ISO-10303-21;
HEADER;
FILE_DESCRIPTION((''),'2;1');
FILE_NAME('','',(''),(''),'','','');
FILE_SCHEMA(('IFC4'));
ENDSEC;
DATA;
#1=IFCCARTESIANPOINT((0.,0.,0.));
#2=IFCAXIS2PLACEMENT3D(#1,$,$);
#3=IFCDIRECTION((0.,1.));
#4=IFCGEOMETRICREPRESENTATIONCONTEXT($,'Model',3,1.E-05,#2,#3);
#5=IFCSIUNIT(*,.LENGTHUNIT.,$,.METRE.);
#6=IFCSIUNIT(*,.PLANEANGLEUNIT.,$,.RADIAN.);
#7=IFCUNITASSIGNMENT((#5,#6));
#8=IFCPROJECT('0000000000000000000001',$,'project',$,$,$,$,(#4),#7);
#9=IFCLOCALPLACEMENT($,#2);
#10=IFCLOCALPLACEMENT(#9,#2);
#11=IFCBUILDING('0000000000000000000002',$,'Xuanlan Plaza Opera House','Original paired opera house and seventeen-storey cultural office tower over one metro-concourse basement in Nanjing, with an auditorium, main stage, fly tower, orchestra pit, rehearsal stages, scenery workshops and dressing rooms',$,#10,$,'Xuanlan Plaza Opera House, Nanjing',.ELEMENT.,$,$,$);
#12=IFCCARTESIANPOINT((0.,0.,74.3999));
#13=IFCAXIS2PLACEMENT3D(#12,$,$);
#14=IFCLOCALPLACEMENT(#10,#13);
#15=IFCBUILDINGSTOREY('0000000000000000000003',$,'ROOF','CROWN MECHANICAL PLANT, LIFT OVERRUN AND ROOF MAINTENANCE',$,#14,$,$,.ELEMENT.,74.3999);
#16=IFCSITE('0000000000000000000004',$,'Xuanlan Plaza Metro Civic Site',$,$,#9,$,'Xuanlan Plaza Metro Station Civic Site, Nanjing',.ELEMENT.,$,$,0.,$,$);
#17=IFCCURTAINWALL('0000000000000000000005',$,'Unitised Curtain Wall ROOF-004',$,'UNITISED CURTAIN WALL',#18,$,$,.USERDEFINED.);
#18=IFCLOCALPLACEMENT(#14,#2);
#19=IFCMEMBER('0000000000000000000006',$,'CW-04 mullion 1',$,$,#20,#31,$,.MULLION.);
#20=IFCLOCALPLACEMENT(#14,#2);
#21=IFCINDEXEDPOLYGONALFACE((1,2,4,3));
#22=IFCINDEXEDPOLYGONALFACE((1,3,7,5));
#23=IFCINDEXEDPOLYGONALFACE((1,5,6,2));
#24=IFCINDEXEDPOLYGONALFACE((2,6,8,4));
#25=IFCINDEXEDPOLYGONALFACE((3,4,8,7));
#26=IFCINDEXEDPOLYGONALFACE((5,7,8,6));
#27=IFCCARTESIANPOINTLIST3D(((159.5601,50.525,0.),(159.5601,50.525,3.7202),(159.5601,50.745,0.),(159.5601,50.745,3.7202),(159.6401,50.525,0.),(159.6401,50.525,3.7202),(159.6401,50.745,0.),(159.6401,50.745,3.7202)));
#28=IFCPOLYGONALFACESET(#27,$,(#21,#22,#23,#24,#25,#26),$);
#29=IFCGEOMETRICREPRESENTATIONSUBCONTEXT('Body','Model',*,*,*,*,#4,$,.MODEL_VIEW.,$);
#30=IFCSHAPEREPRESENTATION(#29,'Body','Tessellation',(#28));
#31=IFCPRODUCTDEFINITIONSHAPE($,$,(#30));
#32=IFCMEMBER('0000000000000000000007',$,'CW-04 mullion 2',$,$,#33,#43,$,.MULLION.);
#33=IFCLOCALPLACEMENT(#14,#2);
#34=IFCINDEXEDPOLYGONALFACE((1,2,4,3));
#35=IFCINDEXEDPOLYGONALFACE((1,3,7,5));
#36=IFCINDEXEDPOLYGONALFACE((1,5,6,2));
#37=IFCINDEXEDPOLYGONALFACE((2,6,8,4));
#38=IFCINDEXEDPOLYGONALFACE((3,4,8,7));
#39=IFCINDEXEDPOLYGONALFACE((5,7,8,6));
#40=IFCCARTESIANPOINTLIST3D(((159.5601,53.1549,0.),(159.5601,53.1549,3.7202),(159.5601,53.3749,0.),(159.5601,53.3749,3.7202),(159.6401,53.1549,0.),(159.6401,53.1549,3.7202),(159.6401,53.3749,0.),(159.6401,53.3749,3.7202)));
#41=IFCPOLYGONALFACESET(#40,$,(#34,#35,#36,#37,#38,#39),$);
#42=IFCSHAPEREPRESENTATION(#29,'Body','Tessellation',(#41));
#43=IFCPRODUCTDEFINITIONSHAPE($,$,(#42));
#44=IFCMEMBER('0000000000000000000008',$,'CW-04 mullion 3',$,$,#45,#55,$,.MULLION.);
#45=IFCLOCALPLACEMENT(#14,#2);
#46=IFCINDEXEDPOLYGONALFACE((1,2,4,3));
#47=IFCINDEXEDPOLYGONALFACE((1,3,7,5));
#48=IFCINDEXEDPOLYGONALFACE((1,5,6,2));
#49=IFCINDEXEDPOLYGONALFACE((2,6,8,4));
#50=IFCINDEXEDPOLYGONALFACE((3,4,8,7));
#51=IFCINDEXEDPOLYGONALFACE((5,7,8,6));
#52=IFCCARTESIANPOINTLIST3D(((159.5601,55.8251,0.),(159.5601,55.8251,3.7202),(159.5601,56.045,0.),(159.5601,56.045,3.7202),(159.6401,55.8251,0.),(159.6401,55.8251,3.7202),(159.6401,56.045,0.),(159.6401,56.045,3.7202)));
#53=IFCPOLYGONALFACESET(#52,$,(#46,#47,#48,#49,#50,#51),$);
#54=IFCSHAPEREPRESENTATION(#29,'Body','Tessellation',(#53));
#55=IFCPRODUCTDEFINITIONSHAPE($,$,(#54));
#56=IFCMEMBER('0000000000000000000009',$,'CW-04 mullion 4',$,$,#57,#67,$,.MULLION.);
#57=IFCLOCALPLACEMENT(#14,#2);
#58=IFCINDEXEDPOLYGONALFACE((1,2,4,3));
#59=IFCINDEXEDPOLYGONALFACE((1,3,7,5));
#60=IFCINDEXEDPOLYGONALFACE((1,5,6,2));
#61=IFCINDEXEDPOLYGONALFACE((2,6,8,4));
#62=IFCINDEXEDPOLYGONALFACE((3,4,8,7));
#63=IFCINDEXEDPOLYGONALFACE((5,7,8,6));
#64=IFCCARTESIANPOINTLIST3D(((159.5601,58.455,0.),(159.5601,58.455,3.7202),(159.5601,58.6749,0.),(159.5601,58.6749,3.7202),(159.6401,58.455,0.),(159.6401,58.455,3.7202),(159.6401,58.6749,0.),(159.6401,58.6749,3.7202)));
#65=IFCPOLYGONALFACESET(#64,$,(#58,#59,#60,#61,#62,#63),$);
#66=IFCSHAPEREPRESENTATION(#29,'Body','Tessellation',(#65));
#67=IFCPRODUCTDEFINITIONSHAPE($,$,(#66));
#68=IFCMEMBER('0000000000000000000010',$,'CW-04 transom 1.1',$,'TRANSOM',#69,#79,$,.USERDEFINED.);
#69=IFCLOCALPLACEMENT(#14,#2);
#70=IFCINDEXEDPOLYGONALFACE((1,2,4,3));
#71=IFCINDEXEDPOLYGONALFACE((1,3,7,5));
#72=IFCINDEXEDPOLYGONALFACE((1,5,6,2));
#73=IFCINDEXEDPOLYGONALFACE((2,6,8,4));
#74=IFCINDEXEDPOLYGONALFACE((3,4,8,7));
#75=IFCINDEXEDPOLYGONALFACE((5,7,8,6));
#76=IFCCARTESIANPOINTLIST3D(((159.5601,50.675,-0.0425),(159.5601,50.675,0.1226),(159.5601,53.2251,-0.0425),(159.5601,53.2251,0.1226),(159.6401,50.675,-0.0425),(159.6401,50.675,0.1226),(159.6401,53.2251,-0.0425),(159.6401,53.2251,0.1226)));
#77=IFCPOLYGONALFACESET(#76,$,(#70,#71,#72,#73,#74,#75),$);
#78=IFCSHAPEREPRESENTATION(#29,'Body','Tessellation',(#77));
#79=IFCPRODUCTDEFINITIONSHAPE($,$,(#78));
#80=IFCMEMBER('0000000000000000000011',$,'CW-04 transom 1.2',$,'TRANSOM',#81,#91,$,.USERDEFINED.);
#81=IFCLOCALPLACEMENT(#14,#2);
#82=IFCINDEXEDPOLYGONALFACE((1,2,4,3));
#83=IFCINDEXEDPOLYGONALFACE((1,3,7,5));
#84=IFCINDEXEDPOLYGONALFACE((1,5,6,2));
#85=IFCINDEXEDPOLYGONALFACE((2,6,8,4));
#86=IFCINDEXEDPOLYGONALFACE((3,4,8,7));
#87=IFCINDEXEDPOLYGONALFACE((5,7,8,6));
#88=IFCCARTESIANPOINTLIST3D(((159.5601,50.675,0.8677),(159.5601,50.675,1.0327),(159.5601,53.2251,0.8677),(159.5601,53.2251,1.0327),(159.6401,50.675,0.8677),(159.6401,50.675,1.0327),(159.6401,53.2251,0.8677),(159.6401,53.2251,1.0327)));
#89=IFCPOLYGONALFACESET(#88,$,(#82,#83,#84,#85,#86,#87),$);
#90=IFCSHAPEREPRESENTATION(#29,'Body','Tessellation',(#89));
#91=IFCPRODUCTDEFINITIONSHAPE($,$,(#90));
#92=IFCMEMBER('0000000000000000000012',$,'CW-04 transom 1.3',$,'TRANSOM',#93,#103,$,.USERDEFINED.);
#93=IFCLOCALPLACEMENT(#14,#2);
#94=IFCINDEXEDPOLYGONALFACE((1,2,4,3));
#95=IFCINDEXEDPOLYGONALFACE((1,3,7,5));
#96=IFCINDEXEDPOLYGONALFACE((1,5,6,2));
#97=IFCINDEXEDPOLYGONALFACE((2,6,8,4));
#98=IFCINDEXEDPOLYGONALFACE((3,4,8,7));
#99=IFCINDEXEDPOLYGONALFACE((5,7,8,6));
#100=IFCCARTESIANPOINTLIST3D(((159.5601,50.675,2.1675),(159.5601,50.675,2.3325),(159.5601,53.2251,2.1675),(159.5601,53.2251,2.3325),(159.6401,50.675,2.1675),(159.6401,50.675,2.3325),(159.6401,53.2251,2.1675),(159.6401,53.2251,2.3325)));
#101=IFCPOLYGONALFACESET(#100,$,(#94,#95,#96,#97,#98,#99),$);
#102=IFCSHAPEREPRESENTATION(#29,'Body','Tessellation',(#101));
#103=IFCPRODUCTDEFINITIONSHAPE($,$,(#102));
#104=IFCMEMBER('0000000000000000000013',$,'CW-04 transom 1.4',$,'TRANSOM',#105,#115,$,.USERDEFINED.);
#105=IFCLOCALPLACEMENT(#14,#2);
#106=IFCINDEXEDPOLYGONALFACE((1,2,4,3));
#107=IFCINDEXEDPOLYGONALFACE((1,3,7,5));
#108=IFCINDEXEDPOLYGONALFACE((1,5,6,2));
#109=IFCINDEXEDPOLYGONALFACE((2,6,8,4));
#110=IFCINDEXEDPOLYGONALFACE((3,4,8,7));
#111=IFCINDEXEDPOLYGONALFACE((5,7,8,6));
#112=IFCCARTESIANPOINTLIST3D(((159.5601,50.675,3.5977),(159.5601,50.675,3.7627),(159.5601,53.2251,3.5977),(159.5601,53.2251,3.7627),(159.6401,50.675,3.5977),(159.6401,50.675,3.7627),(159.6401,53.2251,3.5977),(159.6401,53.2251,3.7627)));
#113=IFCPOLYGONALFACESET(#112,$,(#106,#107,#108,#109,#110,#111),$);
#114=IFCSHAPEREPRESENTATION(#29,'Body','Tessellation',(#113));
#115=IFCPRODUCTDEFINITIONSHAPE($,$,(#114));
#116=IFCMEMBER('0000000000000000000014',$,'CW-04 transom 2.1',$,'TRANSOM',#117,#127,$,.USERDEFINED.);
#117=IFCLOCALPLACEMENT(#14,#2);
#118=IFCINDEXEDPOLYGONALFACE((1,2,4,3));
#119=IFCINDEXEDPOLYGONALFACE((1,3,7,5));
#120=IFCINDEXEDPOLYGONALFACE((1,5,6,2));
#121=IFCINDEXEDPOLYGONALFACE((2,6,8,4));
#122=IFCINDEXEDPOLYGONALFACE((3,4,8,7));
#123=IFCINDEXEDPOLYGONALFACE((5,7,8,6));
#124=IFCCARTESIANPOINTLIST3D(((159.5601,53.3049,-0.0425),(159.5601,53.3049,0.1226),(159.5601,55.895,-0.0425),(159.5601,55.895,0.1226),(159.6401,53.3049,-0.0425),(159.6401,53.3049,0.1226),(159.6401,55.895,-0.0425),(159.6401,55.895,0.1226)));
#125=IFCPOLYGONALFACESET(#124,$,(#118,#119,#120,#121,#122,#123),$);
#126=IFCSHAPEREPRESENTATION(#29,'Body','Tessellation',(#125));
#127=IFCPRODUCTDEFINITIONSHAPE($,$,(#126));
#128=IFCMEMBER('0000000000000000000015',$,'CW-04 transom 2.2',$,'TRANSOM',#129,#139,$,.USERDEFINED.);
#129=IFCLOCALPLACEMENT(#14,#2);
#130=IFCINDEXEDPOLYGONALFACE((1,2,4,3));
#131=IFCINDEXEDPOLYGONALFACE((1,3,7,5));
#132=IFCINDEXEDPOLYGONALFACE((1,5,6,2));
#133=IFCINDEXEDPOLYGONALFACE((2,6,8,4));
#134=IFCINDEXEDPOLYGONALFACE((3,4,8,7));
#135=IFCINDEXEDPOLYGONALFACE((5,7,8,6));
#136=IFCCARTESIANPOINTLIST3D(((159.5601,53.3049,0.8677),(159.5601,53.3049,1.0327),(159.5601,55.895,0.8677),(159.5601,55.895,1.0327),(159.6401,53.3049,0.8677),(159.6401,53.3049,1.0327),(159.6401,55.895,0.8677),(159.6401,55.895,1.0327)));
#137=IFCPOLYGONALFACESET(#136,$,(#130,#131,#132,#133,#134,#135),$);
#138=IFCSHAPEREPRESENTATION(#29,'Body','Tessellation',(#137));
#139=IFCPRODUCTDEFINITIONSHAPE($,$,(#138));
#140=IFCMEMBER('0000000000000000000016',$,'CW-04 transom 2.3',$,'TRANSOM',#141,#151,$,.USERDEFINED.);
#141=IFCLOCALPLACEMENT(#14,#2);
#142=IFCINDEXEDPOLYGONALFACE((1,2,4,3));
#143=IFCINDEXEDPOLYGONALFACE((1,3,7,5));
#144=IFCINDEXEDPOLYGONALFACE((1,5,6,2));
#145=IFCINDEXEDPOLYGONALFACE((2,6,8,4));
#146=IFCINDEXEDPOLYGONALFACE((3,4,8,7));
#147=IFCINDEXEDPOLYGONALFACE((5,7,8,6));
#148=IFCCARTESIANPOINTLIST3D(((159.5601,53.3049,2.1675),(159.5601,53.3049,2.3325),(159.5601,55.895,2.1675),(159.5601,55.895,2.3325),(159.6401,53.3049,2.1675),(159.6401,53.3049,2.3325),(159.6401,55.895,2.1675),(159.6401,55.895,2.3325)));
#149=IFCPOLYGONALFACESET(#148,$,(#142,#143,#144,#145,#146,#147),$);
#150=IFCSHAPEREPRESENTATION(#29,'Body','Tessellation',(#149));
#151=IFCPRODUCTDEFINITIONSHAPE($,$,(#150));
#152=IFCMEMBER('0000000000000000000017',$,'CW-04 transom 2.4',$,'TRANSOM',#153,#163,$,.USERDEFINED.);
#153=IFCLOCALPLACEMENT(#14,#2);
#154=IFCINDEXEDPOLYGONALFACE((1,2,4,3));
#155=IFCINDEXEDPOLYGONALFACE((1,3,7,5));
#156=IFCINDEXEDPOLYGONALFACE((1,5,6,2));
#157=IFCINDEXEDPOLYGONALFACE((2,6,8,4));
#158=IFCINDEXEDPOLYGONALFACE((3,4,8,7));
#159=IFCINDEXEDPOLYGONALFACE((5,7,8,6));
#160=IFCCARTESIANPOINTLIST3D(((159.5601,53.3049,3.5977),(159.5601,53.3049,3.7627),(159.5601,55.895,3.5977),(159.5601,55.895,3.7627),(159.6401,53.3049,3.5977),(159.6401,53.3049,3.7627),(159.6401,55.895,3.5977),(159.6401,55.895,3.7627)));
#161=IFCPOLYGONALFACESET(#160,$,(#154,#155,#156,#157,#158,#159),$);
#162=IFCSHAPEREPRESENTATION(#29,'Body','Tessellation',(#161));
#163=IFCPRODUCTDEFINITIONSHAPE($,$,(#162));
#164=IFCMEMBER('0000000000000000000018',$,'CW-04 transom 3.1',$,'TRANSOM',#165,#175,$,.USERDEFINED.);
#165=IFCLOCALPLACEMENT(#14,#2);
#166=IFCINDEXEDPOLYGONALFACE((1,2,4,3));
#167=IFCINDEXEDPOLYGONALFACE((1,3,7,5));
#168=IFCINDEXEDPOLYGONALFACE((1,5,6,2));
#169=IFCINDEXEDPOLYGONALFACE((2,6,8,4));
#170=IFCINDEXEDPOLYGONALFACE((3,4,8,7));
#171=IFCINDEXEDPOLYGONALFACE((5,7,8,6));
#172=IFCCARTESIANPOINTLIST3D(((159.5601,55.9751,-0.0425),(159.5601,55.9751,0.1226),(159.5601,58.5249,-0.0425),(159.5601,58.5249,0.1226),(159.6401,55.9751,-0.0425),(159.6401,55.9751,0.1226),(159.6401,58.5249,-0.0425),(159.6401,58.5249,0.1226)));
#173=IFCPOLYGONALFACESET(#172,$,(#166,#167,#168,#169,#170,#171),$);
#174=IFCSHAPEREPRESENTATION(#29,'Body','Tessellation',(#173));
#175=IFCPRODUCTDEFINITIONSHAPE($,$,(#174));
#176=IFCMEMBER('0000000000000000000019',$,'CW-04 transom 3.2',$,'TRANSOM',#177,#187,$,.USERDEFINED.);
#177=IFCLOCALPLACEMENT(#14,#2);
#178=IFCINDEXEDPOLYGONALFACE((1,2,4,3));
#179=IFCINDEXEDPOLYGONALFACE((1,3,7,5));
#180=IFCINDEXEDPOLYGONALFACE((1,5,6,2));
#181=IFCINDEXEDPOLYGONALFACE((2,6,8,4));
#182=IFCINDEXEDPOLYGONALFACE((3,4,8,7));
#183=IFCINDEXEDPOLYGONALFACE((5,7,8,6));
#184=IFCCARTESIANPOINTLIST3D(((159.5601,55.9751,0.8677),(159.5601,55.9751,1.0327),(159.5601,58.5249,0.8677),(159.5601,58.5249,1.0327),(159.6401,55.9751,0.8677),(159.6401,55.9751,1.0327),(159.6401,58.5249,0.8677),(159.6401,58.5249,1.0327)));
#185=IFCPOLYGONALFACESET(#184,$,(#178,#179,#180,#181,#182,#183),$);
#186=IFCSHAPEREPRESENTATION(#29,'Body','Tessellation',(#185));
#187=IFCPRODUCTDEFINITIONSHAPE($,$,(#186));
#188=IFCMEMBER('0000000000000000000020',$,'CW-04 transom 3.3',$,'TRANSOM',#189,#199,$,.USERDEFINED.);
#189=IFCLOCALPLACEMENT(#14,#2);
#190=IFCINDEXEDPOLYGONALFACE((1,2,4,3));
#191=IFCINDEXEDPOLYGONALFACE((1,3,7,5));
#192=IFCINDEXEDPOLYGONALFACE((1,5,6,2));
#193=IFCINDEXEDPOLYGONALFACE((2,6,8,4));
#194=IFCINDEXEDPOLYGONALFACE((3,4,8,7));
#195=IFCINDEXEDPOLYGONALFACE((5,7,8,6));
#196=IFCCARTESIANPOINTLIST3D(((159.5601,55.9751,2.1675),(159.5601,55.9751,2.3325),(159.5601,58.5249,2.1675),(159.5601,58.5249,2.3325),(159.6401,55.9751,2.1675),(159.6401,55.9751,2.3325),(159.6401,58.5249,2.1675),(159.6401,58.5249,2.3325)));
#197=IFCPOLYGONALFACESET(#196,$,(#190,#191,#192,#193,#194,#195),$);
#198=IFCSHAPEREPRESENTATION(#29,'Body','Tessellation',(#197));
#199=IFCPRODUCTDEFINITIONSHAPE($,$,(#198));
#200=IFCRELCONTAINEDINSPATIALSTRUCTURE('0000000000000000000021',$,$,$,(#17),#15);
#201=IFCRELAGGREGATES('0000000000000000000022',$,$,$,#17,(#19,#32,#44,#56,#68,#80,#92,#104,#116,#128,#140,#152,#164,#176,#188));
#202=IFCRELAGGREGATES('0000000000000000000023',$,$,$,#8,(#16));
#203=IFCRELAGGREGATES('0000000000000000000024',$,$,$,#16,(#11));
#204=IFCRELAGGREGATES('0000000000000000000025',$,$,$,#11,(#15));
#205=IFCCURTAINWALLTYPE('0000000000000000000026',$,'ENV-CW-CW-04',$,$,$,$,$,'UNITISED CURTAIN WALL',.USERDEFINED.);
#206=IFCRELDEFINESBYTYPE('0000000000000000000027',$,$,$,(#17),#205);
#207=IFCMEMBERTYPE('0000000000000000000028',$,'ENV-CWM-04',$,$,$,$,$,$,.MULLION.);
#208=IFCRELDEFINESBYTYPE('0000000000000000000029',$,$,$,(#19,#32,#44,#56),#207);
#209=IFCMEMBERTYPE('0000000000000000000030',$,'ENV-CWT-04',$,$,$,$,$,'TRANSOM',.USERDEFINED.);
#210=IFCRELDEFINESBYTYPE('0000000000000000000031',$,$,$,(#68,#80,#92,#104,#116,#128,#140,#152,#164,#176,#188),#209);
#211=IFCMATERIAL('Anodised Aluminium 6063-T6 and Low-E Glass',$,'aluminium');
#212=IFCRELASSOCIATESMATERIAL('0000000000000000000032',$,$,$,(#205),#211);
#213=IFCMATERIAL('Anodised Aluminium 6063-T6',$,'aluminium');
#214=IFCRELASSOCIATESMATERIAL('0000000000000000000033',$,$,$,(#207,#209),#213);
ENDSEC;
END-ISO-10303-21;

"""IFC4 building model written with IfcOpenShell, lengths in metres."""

from ifc_helpers import new_model, si_unit, direction, frame, origin, origin_2d, place, context, subcontext, project, spatial, rectangle, extrude, material, material_profile, profile_set, type_object, element, aggregate, save


model = new_model("IFC4")

# Units and contexts
model_context = context("Model", 3, precision=1e-05, world=origin(), true_north=direction((0.0, 1.0)))
body_context = subcontext(model_context, "Body", "Model", "MODEL_VIEW")
ifc_project = project(units=[si_unit("LENGTHUNIT", "METRE"), si_unit("PLANEANGLEUNIT", "RADIAN")], contexts=[model_context])

# Site, building, storey
site_placement = place(None, origin())
site = spatial("IfcSite", under=ifc_project, at=site_placement, Name="Xuanlan Plaza Metro Civic Site", LongName="Xuanlan Plaza Metro Station Civic Site, Nanjing", CompositionType="ELEMENT", RefElevation=0.0)
building_placement = place(site_placement, origin())
building = spatial("IfcBuilding", under=site, at=building_placement, Name="Xuanlan Plaza Opera House", Description="Original paired opera house and seventeen-storey cultural office tower over one metro-concourse basement in Nanjing, with an auditorium, main stage, fly tower, orchestra pit, rehearsal stages, scenery workshops and dressing rooms", LongName="Xuanlan Plaza Opera House, Nanjing", CompositionType="ELEMENT")
storey_placement = place(building_placement, frame((0.0, 0.0, 74.3999)))
storey = spatial("IfcBuildingStorey", under=building, at=storey_placement, Name="ROOF", Description="CROWN MECHANICAL PLANT, LIFT OVERRUN AND ROOF MAINTENANCE", CompositionType="ELEMENT", Elevation=74.3999)

# Curtain wall, members
ifc_material_1 = material(Name="Anodised Aluminium 6063-T6 and Low-E Glass", Category="aluminium")
curtain_wall_type = type_object("IfcCurtainWallType", Name="ENV-CW-CW-04", ElementType="UNITISED CURTAIN WALL", PredefinedType="USERDEFINED", material=ifc_material_1)
curtain_wall_placement = place(storey_placement, origin())
curtain_wall = element("IfcCurtainWall", 1, at=curtain_wall_placement, inside=storey, type_object=curtain_wall_type, Name="Unitised Curtain Wall ROOF-004", ObjectType="UNITISED CURTAIN WALL", PredefinedType="USERDEFINED")
ifc_material_2 = material(Name="Anodised Aluminium 6063-T6", Category="aluminium")
ifc_material_profile_1 = material_profile(ifc_material_2, rectangle(XDim=0.0801, YDim=0.22, at=origin_2d()), Name="ALU-M 80x220")
ifc_profile_set_1 = profile_set([ifc_material_profile_1], Name="Anodised Aluminium 6063-T6")
member_type_1 = type_object("IfcMemberType", Name="ENV-CWM-04", PredefinedType="MULLION", material=ifc_profile_set_1)
member_1_placement = place(storey_placement, frame((159.6001, 50.635, 0.0), z_axis=(0.0, 0.0, 1.0), x_axis=(-1.0, 0.0, 0.0)))
member_1 = element("IfcMember", 2, at=member_1_placement, type_object=member_type_1, Name="CW-04 mullion 1", PredefinedType="MULLION", context=body_context, shape_type="SweptSolid", body=[
    extrude(rectangle(XDim=0.0801, YDim=0.22, at=origin_2d()), origin(), (0.0, 0.0, 1.0), 3.7202),
])
member_2_placement = place(storey_placement, frame((159.6001, 53.2649, 0.0), z_axis=(0.0, 0.0, 1.0), x_axis=(-1.0, 0.0, 0.0)))
member_2 = element("IfcMember", 3, at=member_2_placement, type_object=member_type_1, Name="CW-04 mullion 2", PredefinedType="MULLION", context=body_context, shape_type="SweptSolid", body=[
    extrude(rectangle(XDim=0.0801, YDim=0.22, at=origin_2d()), origin(), (0.0, 0.0, 1.0), 3.7202),
])
member_3_placement = place(storey_placement, frame((159.6001, 55.9351, 0.0), z_axis=(0.0, 0.0, 1.0), x_axis=(-1.0, 0.0, 0.0)))
member_3 = element("IfcMember", 4, at=member_3_placement, type_object=member_type_1, Name="CW-04 mullion 3", PredefinedType="MULLION", context=body_context, shape_type="SweptSolid", body=[
    extrude(rectangle(XDim=0.0801, YDim=0.22, at=origin_2d()), origin(), (0.0, 0.0, 1.0), 3.7202),
])
member_4_placement = place(storey_placement, frame((159.6001, 58.5649, 0.0), z_axis=(0.0, 0.0, 1.0), x_axis=(-1.0, 0.0, 0.0)))
member_4 = element("IfcMember", 5, at=member_4_placement, type_object=member_type_1, Name="CW-04 mullion 4", PredefinedType="MULLION", context=body_context, shape_type="SweptSolid", body=[
    extrude(rectangle(XDim=0.0801, YDim=0.22, at=origin_2d()), origin(), (0.0, 0.0, 1.0), 3.7202),
])
ifc_material_profile_2 = material_profile(ifc_material_2, rectangle(XDim=0.0801, YDim=0.165, at=origin_2d()), Name="ALU-T 80x165")
ifc_profile_set_2 = profile_set([ifc_material_profile_2], Name="Anodised Aluminium 6063-T6")
member_type_2 = type_object("IfcMemberType", Name="ENV-CWT-04", ElementType="TRANSOM", PredefinedType="USERDEFINED", material=ifc_profile_set_2)
member_5_placement = place(storey_placement, frame((159.6001, 50.675, 0.04), z_axis=(0.0, 1.0, 0.0), x_axis=(-1.0, 0.0, 0.0)))
member_5 = element("IfcMember", 6, at=member_5_placement, type_object=member_type_2, Name="CW-04 transom 1.1", ObjectType="TRANSOM", PredefinedType="USERDEFINED", context=body_context, shape_type="SweptSolid", body=[
    extrude(rectangle(XDim=0.0801, YDim=0.165, at=origin_2d()), origin(), (0.0, 0.0, 1.0), 2.55),
])
member_6_placement = place(storey_placement, frame((159.6001, 50.675, 0.9502), z_axis=(0.0, 1.0, 0.0), x_axis=(-1.0, 0.0, 0.0)))
member_6 = element("IfcMember", 7, at=member_6_placement, type_object=member_type_2, Name="CW-04 transom 1.2", ObjectType="TRANSOM", PredefinedType="USERDEFINED", context=body_context, shape_type="SweptSolid", body=[
    extrude(rectangle(XDim=0.0801, YDim=0.165, at=origin_2d()), origin(), (0.0, 0.0, 1.0), 2.55),
])
member_7_placement = place(storey_placement, frame((159.6001, 50.675, 2.25), z_axis=(0.0, 1.0, 0.0), x_axis=(-1.0, 0.0, 0.0)))
member_7 = element("IfcMember", 8, at=member_7_placement, type_object=member_type_2, Name="CW-04 transom 1.3", ObjectType="TRANSOM", PredefinedType="USERDEFINED", context=body_context, shape_type="SweptSolid", body=[
    extrude(rectangle(XDim=0.0801, YDim=0.165, at=origin_2d()), origin(), (0.0, 0.0, 1.0), 2.55),
])
member_8_placement = place(storey_placement, frame((159.6001, 50.675, 3.6802), z_axis=(0.0, 1.0, 0.0), x_axis=(-1.0, 0.0, 0.0)))
member_8 = element("IfcMember", 9, at=member_8_placement, type_object=member_type_2, Name="CW-04 transom 1.4", ObjectType="TRANSOM", PredefinedType="USERDEFINED", context=body_context, shape_type="SweptSolid", body=[
    extrude(rectangle(XDim=0.0801, YDim=0.165, at=origin_2d()), origin(), (0.0, 0.0, 1.0), 2.55),
])
member_9_placement = place(storey_placement, frame((159.6001, 53.3049, 0.04), z_axis=(0.0, 1.0, 0.0), x_axis=(-1.0, 0.0, 0.0)))
member_9 = element("IfcMember", 10, at=member_9_placement, type_object=member_type_2, Name="CW-04 transom 2.1", ObjectType="TRANSOM", PredefinedType="USERDEFINED", context=body_context, shape_type="SweptSolid", body=[
    extrude(rectangle(XDim=0.0801, YDim=0.165, at=origin_2d()), origin(), (0.0, 0.0, 1.0), 2.5901),
])
member_10_placement = place(storey_placement, frame((159.6001, 53.3049, 0.9502), z_axis=(0.0, 1.0, 0.0), x_axis=(-1.0, 0.0, 0.0)))
member_10 = element("IfcMember", 11, at=member_10_placement, type_object=member_type_2, Name="CW-04 transom 2.2", ObjectType="TRANSOM", PredefinedType="USERDEFINED", context=body_context, shape_type="SweptSolid", body=[
    extrude(rectangle(XDim=0.0801, YDim=0.165, at=origin_2d()), origin(), (0.0, 0.0, 1.0), 2.5901),
])
member_11_placement = place(storey_placement, frame((159.6001, 53.3049, 2.25), z_axis=(0.0, 1.0, 0.0), x_axis=(-1.0, 0.0, 0.0)))
member_11 = element("IfcMember", 12, at=member_11_placement, type_object=member_type_2, Name="CW-04 transom 2.3", ObjectType="TRANSOM", PredefinedType="USERDEFINED", context=body_context, shape_type="SweptSolid", body=[
    extrude(rectangle(XDim=0.0801, YDim=0.165, at=origin_2d()), origin(), (0.0, 0.0, 1.0), 2.5901),
])
member_12_placement = place(storey_placement, frame((159.6001, 53.3049, 3.6802), z_axis=(0.0, 1.0, 0.0), x_axis=(-1.0, 0.0, 0.0)))
member_12 = element("IfcMember", 13, at=member_12_placement, type_object=member_type_2, Name="CW-04 transom 2.4", ObjectType="TRANSOM", PredefinedType="USERDEFINED", context=body_context, shape_type="SweptSolid", body=[
    extrude(rectangle(XDim=0.0801, YDim=0.165, at=origin_2d()), origin(), (0.0, 0.0, 1.0), 2.5901),
])
member_13_placement = place(storey_placement, frame((159.6001, 55.9751, 0.04), z_axis=(0.0, 1.0, 0.0), x_axis=(-1.0, 0.0, 0.0)))
member_13 = element("IfcMember", 14, at=member_13_placement, type_object=member_type_2, Name="CW-04 transom 3.1", ObjectType="TRANSOM", PredefinedType="USERDEFINED", context=body_context, shape_type="SweptSolid", body=[
    extrude(rectangle(XDim=0.0801, YDim=0.165, at=origin_2d()), origin(), (0.0, 0.0, 1.0), 2.5498),
])
member_14_placement = place(storey_placement, frame((159.6001, 55.9751, 0.9502), z_axis=(0.0, 1.0, 0.0), x_axis=(-1.0, 0.0, 0.0)))
member_14 = element("IfcMember", 15, at=member_14_placement, type_object=member_type_2, Name="CW-04 transom 3.2", ObjectType="TRANSOM", PredefinedType="USERDEFINED", context=body_context, shape_type="SweptSolid", body=[
    extrude(rectangle(XDim=0.0801, YDim=0.165, at=origin_2d()), origin(), (0.0, 0.0, 1.0), 2.5498),
])
member_15_placement = place(storey_placement, frame((159.6001, 55.9751, 2.25), z_axis=(0.0, 1.0, 0.0), x_axis=(-1.0, 0.0, 0.0)))
member_15 = element("IfcMember", 16, at=member_15_placement, type_object=member_type_2, Name="CW-04 transom 3.3", ObjectType="TRANSOM", PredefinedType="USERDEFINED", context=body_context, shape_type="SweptSolid", body=[
    extrude(rectangle(XDim=0.0801, YDim=0.165, at=origin_2d()), origin(), (0.0, 0.0, 1.0), 2.5498),
])
aggregate(curtain_wall, [member_1, member_2, member_3, member_4, member_5, member_6, member_7, member_8, member_9, member_10, member_11, member_12, member_13, member_14, member_15])

save(model, "model.ifc")
